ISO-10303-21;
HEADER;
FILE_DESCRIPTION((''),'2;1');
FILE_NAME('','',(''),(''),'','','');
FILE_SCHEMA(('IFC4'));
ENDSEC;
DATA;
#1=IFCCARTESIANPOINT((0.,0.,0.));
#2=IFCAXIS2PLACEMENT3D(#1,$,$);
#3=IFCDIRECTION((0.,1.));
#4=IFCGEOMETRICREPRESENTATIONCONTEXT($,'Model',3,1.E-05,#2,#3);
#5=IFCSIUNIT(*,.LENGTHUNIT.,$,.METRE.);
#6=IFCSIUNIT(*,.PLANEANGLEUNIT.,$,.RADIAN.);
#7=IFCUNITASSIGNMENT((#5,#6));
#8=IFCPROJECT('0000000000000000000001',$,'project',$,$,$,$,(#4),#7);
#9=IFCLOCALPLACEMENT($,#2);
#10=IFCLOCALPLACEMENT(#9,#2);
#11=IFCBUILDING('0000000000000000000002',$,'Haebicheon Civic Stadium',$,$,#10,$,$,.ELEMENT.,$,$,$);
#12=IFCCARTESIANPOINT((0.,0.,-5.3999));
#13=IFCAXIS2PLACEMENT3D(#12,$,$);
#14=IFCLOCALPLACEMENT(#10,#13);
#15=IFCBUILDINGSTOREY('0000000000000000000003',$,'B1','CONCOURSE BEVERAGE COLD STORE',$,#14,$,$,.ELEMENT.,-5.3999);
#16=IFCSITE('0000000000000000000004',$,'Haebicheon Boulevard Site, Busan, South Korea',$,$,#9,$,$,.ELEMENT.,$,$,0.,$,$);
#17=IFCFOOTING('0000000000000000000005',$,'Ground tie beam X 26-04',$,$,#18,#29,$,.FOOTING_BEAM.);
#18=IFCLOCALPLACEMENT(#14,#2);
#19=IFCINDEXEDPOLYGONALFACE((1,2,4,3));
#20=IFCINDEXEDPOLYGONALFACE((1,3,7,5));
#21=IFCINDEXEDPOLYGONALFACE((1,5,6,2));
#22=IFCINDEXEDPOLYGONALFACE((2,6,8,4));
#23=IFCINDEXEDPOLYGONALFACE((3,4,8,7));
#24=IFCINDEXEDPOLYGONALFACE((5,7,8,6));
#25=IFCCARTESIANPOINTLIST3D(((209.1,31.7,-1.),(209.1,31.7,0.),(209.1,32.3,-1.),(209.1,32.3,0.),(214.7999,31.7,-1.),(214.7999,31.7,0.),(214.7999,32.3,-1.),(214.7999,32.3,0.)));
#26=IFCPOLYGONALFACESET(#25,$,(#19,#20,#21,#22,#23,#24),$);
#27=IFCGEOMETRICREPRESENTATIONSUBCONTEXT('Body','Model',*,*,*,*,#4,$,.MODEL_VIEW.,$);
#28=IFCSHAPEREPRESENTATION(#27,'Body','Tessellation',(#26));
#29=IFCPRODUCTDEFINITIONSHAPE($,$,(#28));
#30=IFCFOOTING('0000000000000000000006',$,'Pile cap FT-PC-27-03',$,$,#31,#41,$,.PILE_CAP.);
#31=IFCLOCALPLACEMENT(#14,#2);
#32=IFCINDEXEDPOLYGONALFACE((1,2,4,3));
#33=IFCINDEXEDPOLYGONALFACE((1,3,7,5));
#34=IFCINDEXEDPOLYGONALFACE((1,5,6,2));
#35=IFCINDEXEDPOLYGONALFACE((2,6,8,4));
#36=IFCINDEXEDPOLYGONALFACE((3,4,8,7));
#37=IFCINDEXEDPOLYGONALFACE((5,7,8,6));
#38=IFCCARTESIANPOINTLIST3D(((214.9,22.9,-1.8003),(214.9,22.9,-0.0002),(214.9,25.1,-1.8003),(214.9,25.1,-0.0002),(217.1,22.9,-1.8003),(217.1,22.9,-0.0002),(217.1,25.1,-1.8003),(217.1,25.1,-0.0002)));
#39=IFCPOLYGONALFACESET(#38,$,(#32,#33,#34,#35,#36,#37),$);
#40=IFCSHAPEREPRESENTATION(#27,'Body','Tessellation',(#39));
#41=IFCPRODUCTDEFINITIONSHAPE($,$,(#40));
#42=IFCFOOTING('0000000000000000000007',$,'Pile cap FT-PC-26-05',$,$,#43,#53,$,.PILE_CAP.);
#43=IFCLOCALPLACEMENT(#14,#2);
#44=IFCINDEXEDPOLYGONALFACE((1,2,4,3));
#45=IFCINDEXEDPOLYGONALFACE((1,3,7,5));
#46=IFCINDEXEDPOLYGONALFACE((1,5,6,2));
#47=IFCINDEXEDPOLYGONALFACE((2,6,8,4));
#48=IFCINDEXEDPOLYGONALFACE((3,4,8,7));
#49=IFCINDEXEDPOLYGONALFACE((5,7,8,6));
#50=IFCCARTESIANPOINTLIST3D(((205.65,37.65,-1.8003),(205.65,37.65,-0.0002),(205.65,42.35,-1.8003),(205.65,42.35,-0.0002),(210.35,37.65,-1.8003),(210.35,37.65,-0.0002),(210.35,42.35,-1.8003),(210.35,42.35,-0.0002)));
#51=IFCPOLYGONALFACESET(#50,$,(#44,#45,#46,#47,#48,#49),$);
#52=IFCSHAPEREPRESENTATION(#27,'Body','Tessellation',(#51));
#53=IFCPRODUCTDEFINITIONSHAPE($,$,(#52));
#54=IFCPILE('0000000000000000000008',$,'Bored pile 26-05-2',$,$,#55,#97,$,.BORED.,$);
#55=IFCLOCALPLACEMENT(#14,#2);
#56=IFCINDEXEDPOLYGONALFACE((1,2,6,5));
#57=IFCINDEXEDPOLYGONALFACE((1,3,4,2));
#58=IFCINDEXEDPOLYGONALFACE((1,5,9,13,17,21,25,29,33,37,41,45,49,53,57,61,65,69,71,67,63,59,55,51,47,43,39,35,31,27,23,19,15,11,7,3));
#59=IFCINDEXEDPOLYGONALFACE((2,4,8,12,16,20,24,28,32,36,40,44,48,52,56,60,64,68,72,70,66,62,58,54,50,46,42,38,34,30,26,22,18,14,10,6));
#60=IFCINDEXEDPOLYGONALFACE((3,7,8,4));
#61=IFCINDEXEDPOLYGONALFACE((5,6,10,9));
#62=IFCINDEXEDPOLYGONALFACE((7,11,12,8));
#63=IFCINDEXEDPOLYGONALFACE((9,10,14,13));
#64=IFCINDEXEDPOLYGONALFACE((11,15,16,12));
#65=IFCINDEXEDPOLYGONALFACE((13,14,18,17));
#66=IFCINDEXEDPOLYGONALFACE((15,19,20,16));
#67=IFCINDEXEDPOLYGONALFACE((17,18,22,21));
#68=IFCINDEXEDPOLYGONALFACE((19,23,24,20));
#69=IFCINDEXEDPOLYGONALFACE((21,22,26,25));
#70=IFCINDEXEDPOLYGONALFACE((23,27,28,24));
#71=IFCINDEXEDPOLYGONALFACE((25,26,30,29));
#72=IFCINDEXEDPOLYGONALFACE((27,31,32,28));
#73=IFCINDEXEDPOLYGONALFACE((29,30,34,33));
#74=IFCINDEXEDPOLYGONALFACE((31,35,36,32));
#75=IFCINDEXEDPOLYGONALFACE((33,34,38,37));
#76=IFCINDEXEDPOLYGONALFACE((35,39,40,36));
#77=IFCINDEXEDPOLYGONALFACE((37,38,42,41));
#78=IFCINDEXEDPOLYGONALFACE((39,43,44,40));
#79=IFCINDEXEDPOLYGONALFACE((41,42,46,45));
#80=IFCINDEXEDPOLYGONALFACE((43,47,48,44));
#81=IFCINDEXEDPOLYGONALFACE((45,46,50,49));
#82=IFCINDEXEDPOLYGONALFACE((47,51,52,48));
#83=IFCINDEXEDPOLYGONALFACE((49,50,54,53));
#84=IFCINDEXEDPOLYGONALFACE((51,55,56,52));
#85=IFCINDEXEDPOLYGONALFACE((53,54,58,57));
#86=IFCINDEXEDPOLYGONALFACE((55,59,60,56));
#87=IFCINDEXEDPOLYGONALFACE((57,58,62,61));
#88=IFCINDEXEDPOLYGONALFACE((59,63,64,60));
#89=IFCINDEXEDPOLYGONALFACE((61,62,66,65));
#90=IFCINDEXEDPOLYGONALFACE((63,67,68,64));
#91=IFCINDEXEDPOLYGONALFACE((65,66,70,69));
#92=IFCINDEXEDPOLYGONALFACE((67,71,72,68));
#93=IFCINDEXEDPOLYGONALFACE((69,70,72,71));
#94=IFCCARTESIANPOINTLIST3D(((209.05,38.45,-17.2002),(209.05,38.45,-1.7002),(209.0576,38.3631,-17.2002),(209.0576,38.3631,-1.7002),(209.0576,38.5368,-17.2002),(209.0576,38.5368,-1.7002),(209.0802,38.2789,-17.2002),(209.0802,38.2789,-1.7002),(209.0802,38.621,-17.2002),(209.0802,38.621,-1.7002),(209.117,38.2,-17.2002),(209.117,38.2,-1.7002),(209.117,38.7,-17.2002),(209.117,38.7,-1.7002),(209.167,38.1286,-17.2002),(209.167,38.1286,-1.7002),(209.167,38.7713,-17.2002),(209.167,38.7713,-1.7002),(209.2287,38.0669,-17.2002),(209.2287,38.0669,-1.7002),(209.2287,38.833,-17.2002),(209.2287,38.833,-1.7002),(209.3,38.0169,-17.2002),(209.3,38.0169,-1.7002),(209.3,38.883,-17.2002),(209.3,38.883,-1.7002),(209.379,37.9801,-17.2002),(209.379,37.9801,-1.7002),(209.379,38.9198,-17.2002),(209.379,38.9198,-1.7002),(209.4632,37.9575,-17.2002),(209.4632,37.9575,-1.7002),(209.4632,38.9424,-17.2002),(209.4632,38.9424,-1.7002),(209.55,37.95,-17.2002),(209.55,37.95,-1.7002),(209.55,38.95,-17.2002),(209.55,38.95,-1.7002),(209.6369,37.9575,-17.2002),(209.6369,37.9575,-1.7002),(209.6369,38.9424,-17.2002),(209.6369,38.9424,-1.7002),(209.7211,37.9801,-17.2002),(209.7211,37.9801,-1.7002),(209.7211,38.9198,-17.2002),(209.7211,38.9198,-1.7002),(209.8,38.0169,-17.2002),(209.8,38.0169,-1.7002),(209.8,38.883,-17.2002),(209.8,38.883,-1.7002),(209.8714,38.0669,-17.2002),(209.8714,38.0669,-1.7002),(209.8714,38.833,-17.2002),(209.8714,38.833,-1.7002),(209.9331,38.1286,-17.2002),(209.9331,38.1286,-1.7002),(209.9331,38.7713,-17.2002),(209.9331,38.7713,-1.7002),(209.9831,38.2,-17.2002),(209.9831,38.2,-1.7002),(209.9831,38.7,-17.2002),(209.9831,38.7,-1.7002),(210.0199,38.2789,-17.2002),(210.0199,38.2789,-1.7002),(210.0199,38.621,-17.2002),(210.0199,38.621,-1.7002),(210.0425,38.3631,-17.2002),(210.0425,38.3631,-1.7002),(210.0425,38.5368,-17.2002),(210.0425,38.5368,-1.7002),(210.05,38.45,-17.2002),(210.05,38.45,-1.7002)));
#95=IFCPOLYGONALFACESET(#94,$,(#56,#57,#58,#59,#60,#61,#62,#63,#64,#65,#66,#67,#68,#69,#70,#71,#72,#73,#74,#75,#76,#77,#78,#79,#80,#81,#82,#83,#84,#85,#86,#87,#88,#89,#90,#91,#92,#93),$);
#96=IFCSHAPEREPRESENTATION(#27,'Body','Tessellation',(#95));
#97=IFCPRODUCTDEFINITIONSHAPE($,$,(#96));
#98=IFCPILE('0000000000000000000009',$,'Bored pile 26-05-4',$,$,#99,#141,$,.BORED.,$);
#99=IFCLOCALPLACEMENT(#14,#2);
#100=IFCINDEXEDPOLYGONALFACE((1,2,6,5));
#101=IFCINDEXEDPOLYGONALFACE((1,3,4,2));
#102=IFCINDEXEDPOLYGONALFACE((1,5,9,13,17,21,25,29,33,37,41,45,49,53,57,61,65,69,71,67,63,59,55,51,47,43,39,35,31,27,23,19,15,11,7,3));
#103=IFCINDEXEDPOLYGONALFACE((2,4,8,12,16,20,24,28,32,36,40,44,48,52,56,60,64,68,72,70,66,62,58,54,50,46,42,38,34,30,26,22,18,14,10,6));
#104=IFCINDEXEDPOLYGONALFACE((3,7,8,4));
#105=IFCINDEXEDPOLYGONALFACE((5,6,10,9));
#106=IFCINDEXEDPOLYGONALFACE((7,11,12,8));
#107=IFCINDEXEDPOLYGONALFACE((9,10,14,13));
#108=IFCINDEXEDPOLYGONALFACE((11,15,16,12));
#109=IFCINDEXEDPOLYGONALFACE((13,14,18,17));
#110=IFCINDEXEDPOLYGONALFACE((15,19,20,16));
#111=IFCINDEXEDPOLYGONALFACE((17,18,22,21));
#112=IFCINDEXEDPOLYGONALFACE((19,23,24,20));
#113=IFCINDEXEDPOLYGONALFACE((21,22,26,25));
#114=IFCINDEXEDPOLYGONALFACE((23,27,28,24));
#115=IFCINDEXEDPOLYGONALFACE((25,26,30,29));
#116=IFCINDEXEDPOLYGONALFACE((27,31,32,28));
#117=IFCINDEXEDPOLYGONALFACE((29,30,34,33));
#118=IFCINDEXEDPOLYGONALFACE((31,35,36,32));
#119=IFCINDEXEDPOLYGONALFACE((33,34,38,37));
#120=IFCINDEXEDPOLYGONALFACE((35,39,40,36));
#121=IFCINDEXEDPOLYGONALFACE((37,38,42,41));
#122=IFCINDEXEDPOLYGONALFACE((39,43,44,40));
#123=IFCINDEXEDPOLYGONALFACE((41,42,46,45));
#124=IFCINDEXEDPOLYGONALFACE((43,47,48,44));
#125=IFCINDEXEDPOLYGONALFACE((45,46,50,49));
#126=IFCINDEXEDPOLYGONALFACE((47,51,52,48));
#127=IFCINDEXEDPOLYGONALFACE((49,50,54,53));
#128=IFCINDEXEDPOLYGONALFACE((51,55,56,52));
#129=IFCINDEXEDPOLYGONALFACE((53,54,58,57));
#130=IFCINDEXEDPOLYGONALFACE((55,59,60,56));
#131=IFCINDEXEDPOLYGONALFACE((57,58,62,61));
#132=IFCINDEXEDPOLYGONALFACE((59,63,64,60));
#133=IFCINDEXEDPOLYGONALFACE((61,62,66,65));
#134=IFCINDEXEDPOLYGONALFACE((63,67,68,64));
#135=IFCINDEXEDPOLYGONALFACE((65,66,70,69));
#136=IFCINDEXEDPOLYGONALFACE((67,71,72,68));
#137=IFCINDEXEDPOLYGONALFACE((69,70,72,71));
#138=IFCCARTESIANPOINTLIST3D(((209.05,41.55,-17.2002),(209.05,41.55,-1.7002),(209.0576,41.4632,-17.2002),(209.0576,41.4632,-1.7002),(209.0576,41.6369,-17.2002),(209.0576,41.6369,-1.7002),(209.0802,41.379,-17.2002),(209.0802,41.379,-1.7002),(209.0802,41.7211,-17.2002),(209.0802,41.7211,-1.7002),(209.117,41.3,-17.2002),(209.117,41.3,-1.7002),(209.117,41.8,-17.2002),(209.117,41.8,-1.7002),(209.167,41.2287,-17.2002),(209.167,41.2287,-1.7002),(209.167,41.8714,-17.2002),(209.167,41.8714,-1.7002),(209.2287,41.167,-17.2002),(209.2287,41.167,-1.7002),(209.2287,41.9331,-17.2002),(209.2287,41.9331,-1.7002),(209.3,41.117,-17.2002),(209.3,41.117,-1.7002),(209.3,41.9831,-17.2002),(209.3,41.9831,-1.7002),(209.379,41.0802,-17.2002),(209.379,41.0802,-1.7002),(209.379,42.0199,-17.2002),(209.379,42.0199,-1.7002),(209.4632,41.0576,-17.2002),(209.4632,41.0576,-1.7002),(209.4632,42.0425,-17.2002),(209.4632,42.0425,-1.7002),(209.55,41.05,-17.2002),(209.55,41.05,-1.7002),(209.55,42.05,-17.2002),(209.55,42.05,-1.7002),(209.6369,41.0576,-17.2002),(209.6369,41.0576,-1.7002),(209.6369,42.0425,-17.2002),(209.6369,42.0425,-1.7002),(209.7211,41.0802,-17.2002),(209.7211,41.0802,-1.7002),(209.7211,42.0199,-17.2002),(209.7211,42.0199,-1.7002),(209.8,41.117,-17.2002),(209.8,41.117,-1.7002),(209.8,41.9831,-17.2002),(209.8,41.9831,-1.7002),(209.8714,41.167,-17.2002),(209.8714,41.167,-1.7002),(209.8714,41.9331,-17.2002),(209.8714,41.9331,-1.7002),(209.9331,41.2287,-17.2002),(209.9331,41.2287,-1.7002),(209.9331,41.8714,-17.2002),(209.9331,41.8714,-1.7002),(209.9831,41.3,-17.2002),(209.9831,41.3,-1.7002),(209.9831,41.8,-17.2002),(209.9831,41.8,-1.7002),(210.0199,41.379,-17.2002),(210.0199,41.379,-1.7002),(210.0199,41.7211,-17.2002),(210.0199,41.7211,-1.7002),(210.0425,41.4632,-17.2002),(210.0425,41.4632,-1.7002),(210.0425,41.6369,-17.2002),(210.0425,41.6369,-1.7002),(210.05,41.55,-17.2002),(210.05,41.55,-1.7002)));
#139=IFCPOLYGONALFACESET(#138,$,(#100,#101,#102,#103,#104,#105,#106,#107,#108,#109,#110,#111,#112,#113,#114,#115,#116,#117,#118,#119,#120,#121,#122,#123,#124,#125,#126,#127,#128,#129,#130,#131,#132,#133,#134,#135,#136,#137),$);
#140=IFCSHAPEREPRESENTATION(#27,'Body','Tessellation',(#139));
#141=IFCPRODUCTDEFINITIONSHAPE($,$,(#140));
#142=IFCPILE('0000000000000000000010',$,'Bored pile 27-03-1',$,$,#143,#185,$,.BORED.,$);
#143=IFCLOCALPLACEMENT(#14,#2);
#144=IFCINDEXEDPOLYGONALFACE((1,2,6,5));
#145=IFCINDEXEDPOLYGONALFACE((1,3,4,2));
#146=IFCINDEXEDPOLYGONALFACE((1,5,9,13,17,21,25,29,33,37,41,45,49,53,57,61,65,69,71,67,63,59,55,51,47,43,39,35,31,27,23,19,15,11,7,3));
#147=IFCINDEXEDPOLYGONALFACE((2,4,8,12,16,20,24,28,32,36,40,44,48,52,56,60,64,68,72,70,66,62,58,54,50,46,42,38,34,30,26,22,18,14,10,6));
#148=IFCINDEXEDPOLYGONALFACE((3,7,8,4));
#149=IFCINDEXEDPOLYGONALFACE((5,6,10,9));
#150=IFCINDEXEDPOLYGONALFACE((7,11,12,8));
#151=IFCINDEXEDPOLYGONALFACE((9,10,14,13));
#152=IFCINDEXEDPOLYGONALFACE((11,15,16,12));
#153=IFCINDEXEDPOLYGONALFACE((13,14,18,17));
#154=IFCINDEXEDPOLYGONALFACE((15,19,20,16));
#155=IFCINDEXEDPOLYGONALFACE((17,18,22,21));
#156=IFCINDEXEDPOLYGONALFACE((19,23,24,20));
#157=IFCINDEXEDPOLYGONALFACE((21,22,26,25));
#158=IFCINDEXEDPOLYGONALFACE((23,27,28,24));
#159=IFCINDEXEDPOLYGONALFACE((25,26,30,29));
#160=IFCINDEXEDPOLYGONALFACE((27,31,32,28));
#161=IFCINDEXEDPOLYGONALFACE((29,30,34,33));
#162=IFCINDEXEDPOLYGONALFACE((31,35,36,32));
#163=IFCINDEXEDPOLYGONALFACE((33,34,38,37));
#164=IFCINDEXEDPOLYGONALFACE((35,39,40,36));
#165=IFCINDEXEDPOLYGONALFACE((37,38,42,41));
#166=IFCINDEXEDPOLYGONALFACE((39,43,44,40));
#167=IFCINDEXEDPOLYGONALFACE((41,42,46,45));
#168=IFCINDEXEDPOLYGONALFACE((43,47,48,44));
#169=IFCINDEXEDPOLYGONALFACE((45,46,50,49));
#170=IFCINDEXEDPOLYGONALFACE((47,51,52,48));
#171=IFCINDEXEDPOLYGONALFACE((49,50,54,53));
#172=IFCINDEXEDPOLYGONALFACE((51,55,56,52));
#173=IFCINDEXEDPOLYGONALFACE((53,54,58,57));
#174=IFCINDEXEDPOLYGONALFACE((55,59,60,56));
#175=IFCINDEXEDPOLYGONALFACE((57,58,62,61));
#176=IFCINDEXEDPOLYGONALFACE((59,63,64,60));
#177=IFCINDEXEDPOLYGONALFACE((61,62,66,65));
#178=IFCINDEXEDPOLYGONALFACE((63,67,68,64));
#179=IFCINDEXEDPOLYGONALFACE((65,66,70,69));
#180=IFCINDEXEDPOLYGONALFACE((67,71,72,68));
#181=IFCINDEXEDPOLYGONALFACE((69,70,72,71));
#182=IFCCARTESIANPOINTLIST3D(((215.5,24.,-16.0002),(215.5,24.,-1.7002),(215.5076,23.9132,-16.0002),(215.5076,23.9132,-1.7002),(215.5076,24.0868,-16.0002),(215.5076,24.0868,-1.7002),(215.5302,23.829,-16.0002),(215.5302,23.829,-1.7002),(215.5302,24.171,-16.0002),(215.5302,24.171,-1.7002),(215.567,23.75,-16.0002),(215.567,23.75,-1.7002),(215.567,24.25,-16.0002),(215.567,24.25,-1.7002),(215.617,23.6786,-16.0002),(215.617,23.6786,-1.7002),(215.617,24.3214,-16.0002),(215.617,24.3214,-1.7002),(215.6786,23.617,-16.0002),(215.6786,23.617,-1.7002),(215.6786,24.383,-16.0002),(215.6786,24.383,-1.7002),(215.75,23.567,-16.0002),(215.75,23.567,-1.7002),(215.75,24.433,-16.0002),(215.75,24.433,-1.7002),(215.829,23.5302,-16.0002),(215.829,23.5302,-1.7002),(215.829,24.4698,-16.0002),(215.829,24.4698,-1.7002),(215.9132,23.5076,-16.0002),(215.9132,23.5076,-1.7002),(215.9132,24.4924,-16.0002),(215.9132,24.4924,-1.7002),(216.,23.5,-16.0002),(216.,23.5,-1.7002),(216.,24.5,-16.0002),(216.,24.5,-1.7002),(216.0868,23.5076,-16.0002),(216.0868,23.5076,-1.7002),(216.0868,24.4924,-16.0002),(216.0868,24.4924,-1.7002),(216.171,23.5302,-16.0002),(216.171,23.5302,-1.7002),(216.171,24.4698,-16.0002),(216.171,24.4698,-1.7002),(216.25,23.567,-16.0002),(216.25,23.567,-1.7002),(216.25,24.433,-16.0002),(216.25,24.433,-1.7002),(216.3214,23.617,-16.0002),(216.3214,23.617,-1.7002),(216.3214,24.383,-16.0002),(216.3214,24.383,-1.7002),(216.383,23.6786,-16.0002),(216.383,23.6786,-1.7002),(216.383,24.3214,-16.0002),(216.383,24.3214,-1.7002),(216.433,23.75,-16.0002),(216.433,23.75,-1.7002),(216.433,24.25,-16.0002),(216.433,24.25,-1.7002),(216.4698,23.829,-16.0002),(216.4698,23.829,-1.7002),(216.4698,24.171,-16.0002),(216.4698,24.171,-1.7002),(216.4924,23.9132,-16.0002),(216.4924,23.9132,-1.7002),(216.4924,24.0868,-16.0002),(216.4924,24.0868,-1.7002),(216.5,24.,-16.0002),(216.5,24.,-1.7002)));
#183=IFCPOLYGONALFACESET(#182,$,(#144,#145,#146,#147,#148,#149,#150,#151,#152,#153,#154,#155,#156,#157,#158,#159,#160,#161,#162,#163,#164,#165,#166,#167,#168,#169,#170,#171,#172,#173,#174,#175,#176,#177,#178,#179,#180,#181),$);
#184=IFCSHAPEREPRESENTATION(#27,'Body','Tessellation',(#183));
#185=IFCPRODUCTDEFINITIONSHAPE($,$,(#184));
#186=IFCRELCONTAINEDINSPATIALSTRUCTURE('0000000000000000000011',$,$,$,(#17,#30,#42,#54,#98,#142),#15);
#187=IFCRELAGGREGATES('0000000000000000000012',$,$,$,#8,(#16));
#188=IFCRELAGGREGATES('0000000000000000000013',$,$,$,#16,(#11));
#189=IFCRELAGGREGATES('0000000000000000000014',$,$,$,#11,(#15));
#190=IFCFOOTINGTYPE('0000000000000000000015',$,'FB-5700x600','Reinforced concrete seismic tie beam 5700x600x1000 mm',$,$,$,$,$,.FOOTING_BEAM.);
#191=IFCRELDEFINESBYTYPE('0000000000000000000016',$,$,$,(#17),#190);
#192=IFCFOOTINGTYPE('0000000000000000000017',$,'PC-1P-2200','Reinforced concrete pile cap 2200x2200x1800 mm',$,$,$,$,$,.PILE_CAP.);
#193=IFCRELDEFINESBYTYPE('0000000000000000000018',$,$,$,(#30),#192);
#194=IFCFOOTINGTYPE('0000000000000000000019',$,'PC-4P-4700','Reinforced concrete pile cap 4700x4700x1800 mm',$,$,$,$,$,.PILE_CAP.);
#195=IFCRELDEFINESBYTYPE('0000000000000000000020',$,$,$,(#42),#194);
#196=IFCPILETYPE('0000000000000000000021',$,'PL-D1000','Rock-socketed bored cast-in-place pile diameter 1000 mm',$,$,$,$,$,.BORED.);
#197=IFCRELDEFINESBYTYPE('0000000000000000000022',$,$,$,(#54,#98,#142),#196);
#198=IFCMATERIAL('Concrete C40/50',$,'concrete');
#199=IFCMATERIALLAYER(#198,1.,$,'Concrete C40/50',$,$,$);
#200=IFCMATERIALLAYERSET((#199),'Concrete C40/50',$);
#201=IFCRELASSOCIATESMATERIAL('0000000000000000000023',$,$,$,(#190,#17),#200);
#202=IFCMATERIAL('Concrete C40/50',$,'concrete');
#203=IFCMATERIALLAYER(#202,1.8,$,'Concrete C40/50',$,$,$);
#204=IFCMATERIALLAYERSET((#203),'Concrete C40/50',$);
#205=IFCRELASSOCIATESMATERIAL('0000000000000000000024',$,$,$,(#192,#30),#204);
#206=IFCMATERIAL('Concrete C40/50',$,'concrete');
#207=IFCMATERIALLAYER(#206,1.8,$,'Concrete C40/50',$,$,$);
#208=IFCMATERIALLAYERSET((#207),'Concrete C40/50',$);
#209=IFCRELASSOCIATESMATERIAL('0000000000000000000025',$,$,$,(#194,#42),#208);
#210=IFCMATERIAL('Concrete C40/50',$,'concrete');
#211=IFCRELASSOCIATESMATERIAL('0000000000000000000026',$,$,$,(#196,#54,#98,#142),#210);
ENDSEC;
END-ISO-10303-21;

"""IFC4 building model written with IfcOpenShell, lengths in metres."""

from ifc_helpers import new_model, si_unit, direction, frame, origin, origin_2d, place, context, subcontext, project, spatial, rectangle, circle, extrude, material, layer, layer_set, material_profile, profile_set, type_object, element, save


model = new_model("IFC4")

# Units and contexts
model_context = context("Model", 3, precision=1e-05, world=origin(), true_north=direction((0.0, 1.0)))
body_context = subcontext(model_context, "Body", "Model", "MODEL_VIEW")
ifc_project = project(units=[si_unit("LENGTHUNIT", "METRE"), si_unit("PLANEANGLEUNIT", "RADIAN")], contexts=[model_context])

# Site, building, storey
site_placement = place(None, origin())
site = spatial("IfcSite", under=ifc_project, at=site_placement, Name="Haebicheon Boulevard Site, Busan, South Korea", CompositionType="ELEMENT", RefElevation=0.0)
building_placement = place(site_placement, origin())
building = spatial("IfcBuilding", under=site, at=building_placement, Name="Haebicheon Civic Stadium", CompositionType="ELEMENT")
storey_placement = place(building_placement, frame((0.0, 0.0, -5.3999)))
storey = spatial("IfcBuildingStorey", under=building, at=storey_placement, Name="B1", Description="CONCOURSE BEVERAGE COLD STORE", CompositionType="ELEMENT", Elevation=-5.3999)

# Footings
ifc_material_1 = material(Name="Concrete C40/50", Category="concrete")
ifc_layer_1 = layer(ifc_material_1, 1.0, Name="Concrete C40/50")
ifc_layer_set_1 = layer_set([ifc_layer_1], Name="Concrete C40/50")
footing_type_1 = type_object("IfcFootingType", Name="FB-5700x600", Description="Reinforced concrete seismic tie beam 5700x600x1000 mm", PredefinedType="FOOTING_BEAM", material=ifc_layer_set_1)
footing_1_placement = place(storey_placement, frame((211.95, 32.0, -1.0), z_axis=(0.0, 0.0, 1.0), x_axis=(1.0, 0.0, 0.0)))
element("IfcFooting", 1, at=footing_1_placement, inside=storey, type_object=footing_type_1, material=ifc_layer_set_1, Name="Ground tie beam X 26-04", PredefinedType="FOOTING_BEAM", context=body_context, shape_type="SweptSolid", body=[
    extrude(rectangle(XDim=5.7, YDim=0.6001, at=origin_2d()), origin(), (0.0, 0.0, 1.0), 1.0),
])
ifc_material_2 = material(Name="Concrete C40/50", Category="concrete")
ifc_layer_2 = layer(ifc_material_2, 1.8, Name="Concrete C40/50")
ifc_layer_set_2 = layer_set([ifc_layer_2], Name="Concrete C40/50")
footing_type_2 = type_object("IfcFootingType", Name="PC-1P-2200", Description="Reinforced concrete pile cap 2200x2200x1800 mm", PredefinedType="PILE_CAP", material=ifc_layer_set_2)
footing_2_placement = place(storey_placement, frame((216.0, 24.0, -1.8003), z_axis=(0.0, 0.0, 1.0), x_axis=(1.0, 0.0, 0.0)))
element("IfcFooting", 2, at=footing_2_placement, inside=storey, type_object=footing_type_2, material=ifc_layer_set_2, Name="Pile cap FT-PC-27-03", PredefinedType="PILE_CAP", context=body_context, shape_type="SweptSolid", body=[
    extrude(rectangle(XDim=2.2, YDim=2.2, at=origin_2d()), origin(), (0.0, 0.0, 1.0), 1.8),
])
ifc_material_3 = material(Name="Concrete C40/50", Category="concrete")
ifc_layer_3 = layer(ifc_material_3, 1.8, Name="Concrete C40/50")
ifc_layer_set_3 = layer_set([ifc_layer_3], Name="Concrete C40/50")
footing_type_3 = type_object("IfcFootingType", Name="PC-4P-4700", Description="Reinforced concrete pile cap 4700x4700x1800 mm", PredefinedType="PILE_CAP", material=ifc_layer_set_3)
footing_3_placement = place(storey_placement, frame((208.0, 40.0, -1.8003), z_axis=(0.0, 0.0, 1.0), x_axis=(1.0, 0.0, 0.0)))
element("IfcFooting", 3, at=footing_3_placement, inside=storey, type_object=footing_type_3, material=ifc_layer_set_3, Name="Pile cap FT-PC-26-05", PredefinedType="PILE_CAP", context=body_context, shape_type="SweptSolid", body=[
    extrude(rectangle(XDim=4.7, YDim=4.7, at=origin_2d()), origin(), (0.0, 0.0, 1.0), 1.8),
])

# Piles
ifc_material_4 = material(Name="Concrete C40/50", Category="concrete")
ifc_material_profile_1 = material_profile(ifc_material_4, circle(Radius=0.5, at=origin_2d()), Name="PILE-D1000")
ifc_profile_set_1 = profile_set([ifc_material_profile_1], Name="Concrete C40/50")
pile_type = type_object("IfcPileType", Name="PL-D1000", Description="Rock-socketed bored cast-in-place pile diameter 1000 mm", PredefinedType="BORED", material=ifc_profile_set_1)
for number, where, z_axis, x_axis, name in (
    (4, (209.55, 38.45, -1.7002), (0.0, 0.0, -1.0), (1.0, 0.0, 0.0), "Bored pile 26-05-2"),
    (5, (209.55, 41.55, -1.7002), (0.0, 0.0, -1.0), (1.0, 0.0, 0.0), "Bored pile 26-05-4"),
):
    element("IfcPile", number, at=place(storey_placement, frame(where, z_axis=z_axis, x_axis=x_axis)), inside=storey, type_object=pile_type, material=ifc_profile_set_1, Name=name, PredefinedType="BORED", context=body_context, shape_type="SweptSolid", body=[
        extrude(circle(Radius=0.5, at=origin_2d()), origin(), (0.0, 0.0, 1.0), 15.5),
    ])
pile_placement = place(storey_placement, frame((216.0, 24.0, -1.7002), z_axis=(0.0, 0.0, -1.0), x_axis=(1.0, 0.0, 0.0)))
element("IfcPile", 6, at=pile_placement, inside=storey, type_object=pile_type, material=ifc_profile_set_1, Name="Bored pile 27-03-1", PredefinedType="BORED", context=body_context, shape_type="SweptSolid", body=[
    extrude(circle(Radius=0.5, at=origin_2d()), origin(), (0.0, 0.0, 1.0), 14.3),
])

save(model, "model.ifc")
